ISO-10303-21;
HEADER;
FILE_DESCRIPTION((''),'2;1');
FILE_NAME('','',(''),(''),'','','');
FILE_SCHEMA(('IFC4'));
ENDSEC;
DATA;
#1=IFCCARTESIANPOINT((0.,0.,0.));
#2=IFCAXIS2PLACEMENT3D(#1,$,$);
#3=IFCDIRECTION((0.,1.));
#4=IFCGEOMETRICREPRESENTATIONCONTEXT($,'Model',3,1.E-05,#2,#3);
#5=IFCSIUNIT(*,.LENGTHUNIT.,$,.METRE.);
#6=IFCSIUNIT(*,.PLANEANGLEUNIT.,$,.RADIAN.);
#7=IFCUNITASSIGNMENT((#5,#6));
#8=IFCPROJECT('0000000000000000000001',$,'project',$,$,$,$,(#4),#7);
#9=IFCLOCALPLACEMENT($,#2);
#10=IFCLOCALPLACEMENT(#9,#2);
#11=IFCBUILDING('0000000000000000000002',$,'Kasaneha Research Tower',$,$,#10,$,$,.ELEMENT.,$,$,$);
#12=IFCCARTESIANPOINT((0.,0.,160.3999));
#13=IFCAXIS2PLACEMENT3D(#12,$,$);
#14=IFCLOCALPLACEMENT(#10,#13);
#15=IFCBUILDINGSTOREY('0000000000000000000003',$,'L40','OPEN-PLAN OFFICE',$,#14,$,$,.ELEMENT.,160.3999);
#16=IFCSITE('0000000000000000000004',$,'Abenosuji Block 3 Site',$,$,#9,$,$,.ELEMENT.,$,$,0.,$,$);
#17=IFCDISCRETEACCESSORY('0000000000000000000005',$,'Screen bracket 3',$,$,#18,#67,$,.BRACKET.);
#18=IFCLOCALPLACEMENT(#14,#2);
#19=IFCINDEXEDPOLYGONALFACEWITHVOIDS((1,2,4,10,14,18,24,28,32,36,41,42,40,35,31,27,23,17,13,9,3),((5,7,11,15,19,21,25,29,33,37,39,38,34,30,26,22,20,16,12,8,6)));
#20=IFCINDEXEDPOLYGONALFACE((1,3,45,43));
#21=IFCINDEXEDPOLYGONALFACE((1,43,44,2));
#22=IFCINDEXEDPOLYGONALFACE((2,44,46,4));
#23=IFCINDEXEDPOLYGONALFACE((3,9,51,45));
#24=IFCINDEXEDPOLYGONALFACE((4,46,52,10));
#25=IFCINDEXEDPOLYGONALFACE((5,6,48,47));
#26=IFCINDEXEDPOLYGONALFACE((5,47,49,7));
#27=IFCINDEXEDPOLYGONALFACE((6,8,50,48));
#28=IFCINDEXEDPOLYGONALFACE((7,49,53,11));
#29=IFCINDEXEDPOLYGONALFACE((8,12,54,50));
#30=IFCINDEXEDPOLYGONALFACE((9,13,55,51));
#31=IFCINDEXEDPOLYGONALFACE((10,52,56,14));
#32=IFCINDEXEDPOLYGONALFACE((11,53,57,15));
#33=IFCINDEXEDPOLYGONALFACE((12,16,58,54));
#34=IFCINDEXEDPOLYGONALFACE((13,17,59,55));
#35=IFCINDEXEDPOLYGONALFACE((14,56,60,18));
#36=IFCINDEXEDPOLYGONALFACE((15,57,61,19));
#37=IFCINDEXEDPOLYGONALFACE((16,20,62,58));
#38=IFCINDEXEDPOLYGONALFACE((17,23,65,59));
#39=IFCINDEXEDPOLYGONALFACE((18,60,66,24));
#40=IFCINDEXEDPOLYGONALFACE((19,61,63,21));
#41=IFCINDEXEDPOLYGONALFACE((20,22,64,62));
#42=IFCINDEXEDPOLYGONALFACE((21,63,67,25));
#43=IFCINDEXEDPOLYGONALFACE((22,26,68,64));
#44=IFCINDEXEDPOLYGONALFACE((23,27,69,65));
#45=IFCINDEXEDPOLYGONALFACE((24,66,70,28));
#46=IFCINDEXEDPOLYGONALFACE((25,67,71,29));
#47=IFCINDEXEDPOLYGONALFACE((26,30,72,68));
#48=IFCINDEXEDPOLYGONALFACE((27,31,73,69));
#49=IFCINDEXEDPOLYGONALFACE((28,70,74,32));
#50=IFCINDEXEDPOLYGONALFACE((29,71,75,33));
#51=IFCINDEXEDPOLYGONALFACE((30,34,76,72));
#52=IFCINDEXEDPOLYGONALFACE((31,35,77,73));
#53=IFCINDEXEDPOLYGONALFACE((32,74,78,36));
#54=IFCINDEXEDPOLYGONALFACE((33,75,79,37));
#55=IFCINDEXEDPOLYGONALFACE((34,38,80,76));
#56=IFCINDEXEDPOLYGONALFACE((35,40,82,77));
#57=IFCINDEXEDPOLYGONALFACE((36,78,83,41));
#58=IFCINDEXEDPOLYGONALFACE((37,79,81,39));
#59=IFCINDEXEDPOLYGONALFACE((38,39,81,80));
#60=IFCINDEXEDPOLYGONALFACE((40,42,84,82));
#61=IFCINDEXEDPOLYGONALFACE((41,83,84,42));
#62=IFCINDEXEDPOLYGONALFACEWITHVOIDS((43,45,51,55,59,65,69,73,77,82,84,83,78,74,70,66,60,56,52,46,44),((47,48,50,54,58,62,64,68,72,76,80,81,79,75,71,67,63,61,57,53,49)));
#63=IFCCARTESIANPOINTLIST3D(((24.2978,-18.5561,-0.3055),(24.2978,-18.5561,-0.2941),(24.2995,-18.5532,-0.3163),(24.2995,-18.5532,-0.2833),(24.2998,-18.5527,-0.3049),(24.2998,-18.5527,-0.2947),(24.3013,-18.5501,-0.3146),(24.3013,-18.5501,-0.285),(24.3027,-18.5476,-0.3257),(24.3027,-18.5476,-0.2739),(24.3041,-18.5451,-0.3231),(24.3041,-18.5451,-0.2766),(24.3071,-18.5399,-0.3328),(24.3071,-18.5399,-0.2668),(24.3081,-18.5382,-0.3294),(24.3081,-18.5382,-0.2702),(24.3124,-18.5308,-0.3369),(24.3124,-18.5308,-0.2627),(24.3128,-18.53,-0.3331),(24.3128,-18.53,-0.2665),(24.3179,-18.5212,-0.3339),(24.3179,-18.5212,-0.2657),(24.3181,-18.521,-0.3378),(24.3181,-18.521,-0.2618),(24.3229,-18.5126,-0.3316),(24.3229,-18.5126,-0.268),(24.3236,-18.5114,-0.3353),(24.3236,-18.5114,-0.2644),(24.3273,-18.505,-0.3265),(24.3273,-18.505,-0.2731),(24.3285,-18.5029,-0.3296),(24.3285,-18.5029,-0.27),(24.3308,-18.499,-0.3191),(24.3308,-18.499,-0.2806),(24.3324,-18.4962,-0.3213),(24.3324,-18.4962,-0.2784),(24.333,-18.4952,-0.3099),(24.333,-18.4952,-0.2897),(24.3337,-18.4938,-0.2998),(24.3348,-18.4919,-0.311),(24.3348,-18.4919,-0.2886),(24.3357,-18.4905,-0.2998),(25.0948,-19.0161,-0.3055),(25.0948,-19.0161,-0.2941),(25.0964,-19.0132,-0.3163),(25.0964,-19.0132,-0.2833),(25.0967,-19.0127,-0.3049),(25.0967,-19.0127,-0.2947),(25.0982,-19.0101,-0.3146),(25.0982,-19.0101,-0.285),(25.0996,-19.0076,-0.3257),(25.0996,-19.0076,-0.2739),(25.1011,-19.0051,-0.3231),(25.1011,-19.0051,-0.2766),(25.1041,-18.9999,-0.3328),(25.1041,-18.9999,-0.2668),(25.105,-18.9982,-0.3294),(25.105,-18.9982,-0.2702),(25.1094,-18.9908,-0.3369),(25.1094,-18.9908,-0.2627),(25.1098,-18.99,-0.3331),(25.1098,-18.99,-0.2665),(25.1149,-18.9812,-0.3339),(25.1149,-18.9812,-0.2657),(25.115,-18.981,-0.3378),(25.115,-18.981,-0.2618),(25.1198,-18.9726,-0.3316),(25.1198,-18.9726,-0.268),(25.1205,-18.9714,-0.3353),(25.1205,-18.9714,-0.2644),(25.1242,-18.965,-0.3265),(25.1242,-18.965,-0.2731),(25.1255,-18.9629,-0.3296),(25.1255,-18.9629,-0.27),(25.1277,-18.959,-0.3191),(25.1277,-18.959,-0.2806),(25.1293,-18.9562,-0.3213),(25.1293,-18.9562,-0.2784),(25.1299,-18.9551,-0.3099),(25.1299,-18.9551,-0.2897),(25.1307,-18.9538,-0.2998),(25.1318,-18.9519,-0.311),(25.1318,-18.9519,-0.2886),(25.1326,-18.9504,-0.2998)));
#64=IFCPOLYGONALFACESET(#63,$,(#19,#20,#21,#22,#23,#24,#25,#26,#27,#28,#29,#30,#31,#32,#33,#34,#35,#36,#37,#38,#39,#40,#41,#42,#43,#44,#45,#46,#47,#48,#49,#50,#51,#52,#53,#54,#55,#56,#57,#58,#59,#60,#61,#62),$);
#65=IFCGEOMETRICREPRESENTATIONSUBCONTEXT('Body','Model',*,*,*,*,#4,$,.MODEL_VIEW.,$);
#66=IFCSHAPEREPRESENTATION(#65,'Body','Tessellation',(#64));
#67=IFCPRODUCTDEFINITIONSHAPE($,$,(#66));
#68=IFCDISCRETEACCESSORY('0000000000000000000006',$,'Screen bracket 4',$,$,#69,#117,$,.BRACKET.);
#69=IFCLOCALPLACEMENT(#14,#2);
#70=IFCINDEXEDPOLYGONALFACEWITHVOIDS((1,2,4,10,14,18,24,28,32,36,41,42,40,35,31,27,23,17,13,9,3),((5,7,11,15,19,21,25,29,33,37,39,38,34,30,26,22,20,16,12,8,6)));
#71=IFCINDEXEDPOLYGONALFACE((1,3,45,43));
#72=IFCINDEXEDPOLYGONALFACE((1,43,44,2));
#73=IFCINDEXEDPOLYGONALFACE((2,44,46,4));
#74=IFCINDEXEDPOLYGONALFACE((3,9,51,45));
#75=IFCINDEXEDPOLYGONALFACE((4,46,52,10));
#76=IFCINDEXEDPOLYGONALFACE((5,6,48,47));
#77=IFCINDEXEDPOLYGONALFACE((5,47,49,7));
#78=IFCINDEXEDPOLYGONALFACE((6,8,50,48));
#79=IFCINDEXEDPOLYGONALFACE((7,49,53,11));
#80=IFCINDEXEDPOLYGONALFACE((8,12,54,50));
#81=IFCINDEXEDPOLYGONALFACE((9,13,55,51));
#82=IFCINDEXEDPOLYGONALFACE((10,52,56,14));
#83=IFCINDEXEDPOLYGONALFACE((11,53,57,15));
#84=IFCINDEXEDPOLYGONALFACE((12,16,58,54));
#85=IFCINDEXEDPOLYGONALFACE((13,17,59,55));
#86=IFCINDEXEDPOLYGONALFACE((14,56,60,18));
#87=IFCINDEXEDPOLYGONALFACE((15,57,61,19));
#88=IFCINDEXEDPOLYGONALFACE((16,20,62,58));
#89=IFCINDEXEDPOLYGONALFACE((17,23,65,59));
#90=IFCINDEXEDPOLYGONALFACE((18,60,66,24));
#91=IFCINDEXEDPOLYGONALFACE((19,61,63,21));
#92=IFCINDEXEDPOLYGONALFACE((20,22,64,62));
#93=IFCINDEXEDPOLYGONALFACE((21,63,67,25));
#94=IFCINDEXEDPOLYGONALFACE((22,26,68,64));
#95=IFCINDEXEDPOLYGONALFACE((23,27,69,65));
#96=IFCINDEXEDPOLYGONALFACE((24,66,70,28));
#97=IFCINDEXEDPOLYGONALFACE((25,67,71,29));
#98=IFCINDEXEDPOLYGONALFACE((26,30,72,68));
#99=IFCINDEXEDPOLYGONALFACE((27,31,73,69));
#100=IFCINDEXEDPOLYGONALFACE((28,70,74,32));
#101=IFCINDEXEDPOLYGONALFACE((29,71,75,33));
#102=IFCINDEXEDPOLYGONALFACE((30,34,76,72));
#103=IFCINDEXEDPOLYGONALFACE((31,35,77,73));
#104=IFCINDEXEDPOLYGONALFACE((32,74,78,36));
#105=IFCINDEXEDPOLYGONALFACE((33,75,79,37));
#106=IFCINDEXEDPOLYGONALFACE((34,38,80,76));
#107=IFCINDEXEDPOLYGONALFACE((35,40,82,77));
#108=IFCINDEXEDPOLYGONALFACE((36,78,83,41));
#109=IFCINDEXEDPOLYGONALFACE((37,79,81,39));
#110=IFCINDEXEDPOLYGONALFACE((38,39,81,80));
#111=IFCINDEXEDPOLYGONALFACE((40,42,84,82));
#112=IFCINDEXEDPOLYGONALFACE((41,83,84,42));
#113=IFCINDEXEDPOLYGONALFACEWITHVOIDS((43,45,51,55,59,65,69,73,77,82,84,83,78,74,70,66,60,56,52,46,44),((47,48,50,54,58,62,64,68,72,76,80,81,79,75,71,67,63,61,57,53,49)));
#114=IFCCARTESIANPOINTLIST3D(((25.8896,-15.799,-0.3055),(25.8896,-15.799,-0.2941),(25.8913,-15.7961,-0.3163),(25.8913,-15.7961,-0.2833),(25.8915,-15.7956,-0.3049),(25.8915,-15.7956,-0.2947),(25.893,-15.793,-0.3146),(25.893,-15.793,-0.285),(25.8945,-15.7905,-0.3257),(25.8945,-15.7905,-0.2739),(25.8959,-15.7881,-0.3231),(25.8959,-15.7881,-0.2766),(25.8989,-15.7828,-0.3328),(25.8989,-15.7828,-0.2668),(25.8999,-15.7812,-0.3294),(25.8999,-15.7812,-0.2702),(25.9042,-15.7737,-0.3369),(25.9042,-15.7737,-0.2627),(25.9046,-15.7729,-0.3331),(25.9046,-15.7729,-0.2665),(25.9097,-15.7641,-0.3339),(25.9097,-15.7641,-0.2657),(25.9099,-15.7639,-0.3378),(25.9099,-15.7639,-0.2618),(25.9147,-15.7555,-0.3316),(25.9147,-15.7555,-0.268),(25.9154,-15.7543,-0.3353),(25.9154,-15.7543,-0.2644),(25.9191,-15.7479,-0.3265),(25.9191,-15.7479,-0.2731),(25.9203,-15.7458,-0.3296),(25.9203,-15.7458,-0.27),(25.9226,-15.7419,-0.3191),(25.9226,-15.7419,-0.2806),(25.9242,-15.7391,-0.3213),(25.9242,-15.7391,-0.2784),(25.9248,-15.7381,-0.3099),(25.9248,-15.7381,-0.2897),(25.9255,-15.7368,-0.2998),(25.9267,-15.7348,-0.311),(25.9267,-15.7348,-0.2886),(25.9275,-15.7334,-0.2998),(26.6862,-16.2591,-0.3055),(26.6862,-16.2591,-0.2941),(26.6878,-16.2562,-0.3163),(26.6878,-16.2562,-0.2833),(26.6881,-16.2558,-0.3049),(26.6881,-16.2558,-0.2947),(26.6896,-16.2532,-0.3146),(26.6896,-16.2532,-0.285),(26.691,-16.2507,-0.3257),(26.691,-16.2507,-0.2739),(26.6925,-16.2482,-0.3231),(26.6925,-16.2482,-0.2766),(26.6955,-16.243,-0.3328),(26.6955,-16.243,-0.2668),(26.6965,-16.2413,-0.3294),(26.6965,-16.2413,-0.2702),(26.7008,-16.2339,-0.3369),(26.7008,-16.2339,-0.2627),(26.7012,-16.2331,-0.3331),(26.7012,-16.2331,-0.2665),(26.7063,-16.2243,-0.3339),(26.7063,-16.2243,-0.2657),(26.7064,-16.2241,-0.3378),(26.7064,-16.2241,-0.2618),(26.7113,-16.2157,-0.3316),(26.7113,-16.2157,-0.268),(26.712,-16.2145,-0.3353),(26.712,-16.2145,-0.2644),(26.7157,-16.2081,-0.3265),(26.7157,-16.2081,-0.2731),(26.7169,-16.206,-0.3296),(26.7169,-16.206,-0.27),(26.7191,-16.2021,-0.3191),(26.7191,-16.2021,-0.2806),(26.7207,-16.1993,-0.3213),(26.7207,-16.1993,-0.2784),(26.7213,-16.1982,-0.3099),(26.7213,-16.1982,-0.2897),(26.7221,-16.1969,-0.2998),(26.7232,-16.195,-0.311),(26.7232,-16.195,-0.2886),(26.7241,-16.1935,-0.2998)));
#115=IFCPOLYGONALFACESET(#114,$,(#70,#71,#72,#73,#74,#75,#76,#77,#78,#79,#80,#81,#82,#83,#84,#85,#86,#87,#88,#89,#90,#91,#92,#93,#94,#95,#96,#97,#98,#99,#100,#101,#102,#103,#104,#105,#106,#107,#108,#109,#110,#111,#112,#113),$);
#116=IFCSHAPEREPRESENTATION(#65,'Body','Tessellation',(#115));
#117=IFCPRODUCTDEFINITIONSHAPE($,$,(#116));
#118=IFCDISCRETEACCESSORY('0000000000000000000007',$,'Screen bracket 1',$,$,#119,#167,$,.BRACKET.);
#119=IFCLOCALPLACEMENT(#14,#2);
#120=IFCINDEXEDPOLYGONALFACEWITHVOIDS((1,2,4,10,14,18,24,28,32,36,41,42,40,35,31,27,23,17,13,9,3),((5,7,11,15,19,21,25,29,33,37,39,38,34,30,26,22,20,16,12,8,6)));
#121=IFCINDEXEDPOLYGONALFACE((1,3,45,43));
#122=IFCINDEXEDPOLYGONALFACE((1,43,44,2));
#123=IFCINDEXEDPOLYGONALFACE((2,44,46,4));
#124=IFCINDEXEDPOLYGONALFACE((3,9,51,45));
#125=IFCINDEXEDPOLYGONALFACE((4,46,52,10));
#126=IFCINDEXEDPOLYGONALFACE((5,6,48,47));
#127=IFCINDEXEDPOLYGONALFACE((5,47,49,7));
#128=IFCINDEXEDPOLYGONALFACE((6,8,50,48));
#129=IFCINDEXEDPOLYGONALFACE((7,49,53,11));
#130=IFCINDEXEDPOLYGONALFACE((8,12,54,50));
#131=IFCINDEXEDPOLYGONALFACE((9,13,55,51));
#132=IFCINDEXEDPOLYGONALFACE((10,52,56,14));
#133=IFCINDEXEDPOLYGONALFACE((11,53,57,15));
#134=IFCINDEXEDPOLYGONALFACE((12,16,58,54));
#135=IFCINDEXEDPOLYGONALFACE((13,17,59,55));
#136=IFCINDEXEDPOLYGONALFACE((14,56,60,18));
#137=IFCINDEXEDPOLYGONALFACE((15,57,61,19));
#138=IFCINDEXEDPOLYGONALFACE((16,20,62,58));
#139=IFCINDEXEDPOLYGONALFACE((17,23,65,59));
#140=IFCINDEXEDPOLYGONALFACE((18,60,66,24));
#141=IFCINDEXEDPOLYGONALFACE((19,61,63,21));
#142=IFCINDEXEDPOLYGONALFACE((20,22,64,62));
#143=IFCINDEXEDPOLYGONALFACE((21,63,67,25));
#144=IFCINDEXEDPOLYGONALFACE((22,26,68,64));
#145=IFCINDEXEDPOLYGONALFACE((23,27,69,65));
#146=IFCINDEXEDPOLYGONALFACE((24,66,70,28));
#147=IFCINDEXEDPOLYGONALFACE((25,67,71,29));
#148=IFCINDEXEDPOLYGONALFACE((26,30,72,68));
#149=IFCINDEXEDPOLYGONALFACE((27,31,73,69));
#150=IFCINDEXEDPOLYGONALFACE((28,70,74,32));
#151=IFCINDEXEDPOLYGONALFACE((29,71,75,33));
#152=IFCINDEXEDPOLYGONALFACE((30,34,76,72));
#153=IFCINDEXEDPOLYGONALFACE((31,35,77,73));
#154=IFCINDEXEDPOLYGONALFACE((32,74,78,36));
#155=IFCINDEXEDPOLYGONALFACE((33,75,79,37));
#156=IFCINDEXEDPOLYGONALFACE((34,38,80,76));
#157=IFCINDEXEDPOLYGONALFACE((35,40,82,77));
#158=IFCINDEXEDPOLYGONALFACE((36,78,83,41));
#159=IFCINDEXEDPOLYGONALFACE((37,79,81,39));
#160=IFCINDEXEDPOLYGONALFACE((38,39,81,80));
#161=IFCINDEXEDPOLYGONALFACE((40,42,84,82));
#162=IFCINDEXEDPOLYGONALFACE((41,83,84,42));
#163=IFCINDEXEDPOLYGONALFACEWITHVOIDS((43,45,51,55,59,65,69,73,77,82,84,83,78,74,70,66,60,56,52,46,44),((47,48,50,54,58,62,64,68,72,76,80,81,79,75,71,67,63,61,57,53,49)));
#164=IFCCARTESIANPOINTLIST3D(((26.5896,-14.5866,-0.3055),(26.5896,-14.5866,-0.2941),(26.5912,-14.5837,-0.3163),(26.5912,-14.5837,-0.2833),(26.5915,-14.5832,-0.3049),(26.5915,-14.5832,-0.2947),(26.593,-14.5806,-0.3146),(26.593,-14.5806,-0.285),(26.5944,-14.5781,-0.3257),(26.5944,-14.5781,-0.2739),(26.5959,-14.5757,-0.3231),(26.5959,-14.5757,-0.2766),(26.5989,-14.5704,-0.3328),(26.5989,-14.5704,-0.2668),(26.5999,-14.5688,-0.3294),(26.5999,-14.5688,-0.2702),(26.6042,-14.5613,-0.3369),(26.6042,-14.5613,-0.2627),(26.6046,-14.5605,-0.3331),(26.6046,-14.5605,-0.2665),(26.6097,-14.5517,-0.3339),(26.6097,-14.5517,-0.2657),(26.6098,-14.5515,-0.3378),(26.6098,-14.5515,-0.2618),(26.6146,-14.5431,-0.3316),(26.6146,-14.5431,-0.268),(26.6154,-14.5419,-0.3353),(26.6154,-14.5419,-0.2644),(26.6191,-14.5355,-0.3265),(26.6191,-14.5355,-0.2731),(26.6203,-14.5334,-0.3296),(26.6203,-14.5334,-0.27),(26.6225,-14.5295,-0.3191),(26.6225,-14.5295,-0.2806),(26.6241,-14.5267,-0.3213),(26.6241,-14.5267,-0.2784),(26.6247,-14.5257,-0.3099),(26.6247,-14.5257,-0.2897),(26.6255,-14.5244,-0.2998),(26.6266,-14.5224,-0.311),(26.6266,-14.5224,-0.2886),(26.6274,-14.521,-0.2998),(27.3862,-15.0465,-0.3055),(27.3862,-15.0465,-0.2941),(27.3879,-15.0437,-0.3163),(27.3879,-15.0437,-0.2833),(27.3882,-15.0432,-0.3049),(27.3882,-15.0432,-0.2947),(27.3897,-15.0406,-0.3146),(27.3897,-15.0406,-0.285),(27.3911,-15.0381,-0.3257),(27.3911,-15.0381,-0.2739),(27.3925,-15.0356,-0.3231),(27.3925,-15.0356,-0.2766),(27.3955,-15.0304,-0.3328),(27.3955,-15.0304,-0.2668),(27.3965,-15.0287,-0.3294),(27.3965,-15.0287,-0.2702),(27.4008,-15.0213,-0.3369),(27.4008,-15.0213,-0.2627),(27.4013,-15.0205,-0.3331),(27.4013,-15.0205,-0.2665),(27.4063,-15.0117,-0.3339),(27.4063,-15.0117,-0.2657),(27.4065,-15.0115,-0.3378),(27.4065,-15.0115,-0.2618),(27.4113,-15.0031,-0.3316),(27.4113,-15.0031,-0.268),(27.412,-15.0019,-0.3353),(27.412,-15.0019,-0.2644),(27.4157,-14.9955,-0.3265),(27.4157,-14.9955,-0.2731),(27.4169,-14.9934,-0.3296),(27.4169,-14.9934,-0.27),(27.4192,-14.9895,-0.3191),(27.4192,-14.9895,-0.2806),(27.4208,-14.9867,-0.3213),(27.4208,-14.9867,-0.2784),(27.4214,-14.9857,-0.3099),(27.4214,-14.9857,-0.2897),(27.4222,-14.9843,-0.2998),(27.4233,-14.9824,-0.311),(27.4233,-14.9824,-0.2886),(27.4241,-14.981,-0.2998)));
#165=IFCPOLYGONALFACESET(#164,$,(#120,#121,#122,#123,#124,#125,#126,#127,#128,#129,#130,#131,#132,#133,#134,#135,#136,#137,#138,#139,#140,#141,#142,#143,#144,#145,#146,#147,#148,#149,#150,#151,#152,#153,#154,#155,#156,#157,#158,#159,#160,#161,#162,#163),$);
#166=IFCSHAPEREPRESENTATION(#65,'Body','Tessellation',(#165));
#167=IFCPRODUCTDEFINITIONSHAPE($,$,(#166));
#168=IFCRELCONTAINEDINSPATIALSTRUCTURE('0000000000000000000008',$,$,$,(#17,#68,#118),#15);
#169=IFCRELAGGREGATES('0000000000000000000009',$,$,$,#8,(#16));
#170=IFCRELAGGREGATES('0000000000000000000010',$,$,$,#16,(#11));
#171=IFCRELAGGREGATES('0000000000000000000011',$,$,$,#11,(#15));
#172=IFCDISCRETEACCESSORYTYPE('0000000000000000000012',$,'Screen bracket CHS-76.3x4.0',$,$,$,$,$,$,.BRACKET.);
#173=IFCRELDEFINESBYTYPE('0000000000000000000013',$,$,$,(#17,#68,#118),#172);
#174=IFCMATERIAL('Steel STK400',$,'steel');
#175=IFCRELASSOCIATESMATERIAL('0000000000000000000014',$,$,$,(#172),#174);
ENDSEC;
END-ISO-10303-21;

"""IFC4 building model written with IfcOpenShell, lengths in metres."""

from ifc_helpers import new_model, si_unit, direction, frame, origin, origin_2d, place, context, subcontext, project, spatial, hollow_circle, extrude, material, material_profile, profile_set, type_object, element, save


model = new_model("IFC4")

# Units and contexts
model_context = context("Model", 3, precision=1e-05, world=origin(), true_north=direction((0.0, 1.0)))
body_context = subcontext(model_context, "Body", "Model", "MODEL_VIEW")
ifc_project = project(units=[si_unit("LENGTHUNIT", "METRE"), si_unit("PLANEANGLEUNIT", "RADIAN")], contexts=[model_context])

# Site, building, storey
site_placement = place(None, origin())
site = spatial("IfcSite", under=ifc_project, at=site_placement, Name="Abenosuji Block 3 Site", CompositionType="ELEMENT", RefElevation=0.0)
building_placement = place(site_placement, origin())
building = spatial("IfcBuilding", under=site, at=building_placement, Name="Kasaneha Research Tower", CompositionType="ELEMENT")
storey_placement = place(building_placement, frame((0.0, 0.0, 160.3999)))
storey = spatial("IfcBuildingStorey", under=building, at=storey_placement, Name="L40", Description="OPEN-PLAN OFFICE", CompositionType="ELEMENT", Elevation=160.3999)

# Discrete accessories
ifc_material_1 = material(Name="Steel STK400", Category="steel")
ifc_material_profile_1 = material_profile(ifc_material_1, hollow_circle(Radius=0.0381, WallThickness=0.0039, at=origin_2d()), Name="CHS-76.3x4.0")
ifc_profile_set_1 = profile_set([ifc_material_profile_1], Name="Steel STK400")
discrete_accessory_type = type_object("IfcDiscreteAccessoryType", Name="Screen bracket CHS-76.3x4.0", PredefinedType="BRACKET", material=ifc_profile_set_1)
discrete_accessory_1_placement = place(storey_placement, frame((24.3167, -18.5234, -0.2998), z_axis=(0.86608, -0.499906, 0.0), x_axis=(0.499906, 0.86608, 0.0)))
element("IfcDiscreteAccessory", 1, at=discrete_accessory_1_placement, inside=storey, type_object=discrete_accessory_type, Name="Screen bracket 3", PredefinedType="BRACKET", context=body_context, shape_type="SweptSolid", body=[
    extrude(hollow_circle(Radius=0.0381, WallThickness=0.0039, at=origin_2d()), origin(), (0.0, 0.0, 1.0), 0.9202),
])
for number, where, z_axis, x_axis, name in (
    (2, (25.9084, -15.7664, -0.2998), (0.865898, -0.50022, 0.0), (0.50022, 0.865898, 0.0), "Screen bracket 4"),
    (3, (26.6084, -14.554, -0.2998), (0.866013, -0.500021, 0.0), (0.500021, 0.866013, 0.0), "Screen bracket 1"),
):
    element("IfcDiscreteAccessory", number, at=place(storey_placement, frame(where, z_axis=z_axis, x_axis=x_axis)), inside=storey, type_object=discrete_accessory_type, Name=name, PredefinedType="BRACKET", context=body_context, shape_type="SweptSolid", body=[
        extrude(hollow_circle(Radius=0.0381, WallThickness=0.0039, at=origin_2d()), origin(), (0.0, 0.0, 1.0), 0.9199),
    ])

save(model, "model.ifc")
